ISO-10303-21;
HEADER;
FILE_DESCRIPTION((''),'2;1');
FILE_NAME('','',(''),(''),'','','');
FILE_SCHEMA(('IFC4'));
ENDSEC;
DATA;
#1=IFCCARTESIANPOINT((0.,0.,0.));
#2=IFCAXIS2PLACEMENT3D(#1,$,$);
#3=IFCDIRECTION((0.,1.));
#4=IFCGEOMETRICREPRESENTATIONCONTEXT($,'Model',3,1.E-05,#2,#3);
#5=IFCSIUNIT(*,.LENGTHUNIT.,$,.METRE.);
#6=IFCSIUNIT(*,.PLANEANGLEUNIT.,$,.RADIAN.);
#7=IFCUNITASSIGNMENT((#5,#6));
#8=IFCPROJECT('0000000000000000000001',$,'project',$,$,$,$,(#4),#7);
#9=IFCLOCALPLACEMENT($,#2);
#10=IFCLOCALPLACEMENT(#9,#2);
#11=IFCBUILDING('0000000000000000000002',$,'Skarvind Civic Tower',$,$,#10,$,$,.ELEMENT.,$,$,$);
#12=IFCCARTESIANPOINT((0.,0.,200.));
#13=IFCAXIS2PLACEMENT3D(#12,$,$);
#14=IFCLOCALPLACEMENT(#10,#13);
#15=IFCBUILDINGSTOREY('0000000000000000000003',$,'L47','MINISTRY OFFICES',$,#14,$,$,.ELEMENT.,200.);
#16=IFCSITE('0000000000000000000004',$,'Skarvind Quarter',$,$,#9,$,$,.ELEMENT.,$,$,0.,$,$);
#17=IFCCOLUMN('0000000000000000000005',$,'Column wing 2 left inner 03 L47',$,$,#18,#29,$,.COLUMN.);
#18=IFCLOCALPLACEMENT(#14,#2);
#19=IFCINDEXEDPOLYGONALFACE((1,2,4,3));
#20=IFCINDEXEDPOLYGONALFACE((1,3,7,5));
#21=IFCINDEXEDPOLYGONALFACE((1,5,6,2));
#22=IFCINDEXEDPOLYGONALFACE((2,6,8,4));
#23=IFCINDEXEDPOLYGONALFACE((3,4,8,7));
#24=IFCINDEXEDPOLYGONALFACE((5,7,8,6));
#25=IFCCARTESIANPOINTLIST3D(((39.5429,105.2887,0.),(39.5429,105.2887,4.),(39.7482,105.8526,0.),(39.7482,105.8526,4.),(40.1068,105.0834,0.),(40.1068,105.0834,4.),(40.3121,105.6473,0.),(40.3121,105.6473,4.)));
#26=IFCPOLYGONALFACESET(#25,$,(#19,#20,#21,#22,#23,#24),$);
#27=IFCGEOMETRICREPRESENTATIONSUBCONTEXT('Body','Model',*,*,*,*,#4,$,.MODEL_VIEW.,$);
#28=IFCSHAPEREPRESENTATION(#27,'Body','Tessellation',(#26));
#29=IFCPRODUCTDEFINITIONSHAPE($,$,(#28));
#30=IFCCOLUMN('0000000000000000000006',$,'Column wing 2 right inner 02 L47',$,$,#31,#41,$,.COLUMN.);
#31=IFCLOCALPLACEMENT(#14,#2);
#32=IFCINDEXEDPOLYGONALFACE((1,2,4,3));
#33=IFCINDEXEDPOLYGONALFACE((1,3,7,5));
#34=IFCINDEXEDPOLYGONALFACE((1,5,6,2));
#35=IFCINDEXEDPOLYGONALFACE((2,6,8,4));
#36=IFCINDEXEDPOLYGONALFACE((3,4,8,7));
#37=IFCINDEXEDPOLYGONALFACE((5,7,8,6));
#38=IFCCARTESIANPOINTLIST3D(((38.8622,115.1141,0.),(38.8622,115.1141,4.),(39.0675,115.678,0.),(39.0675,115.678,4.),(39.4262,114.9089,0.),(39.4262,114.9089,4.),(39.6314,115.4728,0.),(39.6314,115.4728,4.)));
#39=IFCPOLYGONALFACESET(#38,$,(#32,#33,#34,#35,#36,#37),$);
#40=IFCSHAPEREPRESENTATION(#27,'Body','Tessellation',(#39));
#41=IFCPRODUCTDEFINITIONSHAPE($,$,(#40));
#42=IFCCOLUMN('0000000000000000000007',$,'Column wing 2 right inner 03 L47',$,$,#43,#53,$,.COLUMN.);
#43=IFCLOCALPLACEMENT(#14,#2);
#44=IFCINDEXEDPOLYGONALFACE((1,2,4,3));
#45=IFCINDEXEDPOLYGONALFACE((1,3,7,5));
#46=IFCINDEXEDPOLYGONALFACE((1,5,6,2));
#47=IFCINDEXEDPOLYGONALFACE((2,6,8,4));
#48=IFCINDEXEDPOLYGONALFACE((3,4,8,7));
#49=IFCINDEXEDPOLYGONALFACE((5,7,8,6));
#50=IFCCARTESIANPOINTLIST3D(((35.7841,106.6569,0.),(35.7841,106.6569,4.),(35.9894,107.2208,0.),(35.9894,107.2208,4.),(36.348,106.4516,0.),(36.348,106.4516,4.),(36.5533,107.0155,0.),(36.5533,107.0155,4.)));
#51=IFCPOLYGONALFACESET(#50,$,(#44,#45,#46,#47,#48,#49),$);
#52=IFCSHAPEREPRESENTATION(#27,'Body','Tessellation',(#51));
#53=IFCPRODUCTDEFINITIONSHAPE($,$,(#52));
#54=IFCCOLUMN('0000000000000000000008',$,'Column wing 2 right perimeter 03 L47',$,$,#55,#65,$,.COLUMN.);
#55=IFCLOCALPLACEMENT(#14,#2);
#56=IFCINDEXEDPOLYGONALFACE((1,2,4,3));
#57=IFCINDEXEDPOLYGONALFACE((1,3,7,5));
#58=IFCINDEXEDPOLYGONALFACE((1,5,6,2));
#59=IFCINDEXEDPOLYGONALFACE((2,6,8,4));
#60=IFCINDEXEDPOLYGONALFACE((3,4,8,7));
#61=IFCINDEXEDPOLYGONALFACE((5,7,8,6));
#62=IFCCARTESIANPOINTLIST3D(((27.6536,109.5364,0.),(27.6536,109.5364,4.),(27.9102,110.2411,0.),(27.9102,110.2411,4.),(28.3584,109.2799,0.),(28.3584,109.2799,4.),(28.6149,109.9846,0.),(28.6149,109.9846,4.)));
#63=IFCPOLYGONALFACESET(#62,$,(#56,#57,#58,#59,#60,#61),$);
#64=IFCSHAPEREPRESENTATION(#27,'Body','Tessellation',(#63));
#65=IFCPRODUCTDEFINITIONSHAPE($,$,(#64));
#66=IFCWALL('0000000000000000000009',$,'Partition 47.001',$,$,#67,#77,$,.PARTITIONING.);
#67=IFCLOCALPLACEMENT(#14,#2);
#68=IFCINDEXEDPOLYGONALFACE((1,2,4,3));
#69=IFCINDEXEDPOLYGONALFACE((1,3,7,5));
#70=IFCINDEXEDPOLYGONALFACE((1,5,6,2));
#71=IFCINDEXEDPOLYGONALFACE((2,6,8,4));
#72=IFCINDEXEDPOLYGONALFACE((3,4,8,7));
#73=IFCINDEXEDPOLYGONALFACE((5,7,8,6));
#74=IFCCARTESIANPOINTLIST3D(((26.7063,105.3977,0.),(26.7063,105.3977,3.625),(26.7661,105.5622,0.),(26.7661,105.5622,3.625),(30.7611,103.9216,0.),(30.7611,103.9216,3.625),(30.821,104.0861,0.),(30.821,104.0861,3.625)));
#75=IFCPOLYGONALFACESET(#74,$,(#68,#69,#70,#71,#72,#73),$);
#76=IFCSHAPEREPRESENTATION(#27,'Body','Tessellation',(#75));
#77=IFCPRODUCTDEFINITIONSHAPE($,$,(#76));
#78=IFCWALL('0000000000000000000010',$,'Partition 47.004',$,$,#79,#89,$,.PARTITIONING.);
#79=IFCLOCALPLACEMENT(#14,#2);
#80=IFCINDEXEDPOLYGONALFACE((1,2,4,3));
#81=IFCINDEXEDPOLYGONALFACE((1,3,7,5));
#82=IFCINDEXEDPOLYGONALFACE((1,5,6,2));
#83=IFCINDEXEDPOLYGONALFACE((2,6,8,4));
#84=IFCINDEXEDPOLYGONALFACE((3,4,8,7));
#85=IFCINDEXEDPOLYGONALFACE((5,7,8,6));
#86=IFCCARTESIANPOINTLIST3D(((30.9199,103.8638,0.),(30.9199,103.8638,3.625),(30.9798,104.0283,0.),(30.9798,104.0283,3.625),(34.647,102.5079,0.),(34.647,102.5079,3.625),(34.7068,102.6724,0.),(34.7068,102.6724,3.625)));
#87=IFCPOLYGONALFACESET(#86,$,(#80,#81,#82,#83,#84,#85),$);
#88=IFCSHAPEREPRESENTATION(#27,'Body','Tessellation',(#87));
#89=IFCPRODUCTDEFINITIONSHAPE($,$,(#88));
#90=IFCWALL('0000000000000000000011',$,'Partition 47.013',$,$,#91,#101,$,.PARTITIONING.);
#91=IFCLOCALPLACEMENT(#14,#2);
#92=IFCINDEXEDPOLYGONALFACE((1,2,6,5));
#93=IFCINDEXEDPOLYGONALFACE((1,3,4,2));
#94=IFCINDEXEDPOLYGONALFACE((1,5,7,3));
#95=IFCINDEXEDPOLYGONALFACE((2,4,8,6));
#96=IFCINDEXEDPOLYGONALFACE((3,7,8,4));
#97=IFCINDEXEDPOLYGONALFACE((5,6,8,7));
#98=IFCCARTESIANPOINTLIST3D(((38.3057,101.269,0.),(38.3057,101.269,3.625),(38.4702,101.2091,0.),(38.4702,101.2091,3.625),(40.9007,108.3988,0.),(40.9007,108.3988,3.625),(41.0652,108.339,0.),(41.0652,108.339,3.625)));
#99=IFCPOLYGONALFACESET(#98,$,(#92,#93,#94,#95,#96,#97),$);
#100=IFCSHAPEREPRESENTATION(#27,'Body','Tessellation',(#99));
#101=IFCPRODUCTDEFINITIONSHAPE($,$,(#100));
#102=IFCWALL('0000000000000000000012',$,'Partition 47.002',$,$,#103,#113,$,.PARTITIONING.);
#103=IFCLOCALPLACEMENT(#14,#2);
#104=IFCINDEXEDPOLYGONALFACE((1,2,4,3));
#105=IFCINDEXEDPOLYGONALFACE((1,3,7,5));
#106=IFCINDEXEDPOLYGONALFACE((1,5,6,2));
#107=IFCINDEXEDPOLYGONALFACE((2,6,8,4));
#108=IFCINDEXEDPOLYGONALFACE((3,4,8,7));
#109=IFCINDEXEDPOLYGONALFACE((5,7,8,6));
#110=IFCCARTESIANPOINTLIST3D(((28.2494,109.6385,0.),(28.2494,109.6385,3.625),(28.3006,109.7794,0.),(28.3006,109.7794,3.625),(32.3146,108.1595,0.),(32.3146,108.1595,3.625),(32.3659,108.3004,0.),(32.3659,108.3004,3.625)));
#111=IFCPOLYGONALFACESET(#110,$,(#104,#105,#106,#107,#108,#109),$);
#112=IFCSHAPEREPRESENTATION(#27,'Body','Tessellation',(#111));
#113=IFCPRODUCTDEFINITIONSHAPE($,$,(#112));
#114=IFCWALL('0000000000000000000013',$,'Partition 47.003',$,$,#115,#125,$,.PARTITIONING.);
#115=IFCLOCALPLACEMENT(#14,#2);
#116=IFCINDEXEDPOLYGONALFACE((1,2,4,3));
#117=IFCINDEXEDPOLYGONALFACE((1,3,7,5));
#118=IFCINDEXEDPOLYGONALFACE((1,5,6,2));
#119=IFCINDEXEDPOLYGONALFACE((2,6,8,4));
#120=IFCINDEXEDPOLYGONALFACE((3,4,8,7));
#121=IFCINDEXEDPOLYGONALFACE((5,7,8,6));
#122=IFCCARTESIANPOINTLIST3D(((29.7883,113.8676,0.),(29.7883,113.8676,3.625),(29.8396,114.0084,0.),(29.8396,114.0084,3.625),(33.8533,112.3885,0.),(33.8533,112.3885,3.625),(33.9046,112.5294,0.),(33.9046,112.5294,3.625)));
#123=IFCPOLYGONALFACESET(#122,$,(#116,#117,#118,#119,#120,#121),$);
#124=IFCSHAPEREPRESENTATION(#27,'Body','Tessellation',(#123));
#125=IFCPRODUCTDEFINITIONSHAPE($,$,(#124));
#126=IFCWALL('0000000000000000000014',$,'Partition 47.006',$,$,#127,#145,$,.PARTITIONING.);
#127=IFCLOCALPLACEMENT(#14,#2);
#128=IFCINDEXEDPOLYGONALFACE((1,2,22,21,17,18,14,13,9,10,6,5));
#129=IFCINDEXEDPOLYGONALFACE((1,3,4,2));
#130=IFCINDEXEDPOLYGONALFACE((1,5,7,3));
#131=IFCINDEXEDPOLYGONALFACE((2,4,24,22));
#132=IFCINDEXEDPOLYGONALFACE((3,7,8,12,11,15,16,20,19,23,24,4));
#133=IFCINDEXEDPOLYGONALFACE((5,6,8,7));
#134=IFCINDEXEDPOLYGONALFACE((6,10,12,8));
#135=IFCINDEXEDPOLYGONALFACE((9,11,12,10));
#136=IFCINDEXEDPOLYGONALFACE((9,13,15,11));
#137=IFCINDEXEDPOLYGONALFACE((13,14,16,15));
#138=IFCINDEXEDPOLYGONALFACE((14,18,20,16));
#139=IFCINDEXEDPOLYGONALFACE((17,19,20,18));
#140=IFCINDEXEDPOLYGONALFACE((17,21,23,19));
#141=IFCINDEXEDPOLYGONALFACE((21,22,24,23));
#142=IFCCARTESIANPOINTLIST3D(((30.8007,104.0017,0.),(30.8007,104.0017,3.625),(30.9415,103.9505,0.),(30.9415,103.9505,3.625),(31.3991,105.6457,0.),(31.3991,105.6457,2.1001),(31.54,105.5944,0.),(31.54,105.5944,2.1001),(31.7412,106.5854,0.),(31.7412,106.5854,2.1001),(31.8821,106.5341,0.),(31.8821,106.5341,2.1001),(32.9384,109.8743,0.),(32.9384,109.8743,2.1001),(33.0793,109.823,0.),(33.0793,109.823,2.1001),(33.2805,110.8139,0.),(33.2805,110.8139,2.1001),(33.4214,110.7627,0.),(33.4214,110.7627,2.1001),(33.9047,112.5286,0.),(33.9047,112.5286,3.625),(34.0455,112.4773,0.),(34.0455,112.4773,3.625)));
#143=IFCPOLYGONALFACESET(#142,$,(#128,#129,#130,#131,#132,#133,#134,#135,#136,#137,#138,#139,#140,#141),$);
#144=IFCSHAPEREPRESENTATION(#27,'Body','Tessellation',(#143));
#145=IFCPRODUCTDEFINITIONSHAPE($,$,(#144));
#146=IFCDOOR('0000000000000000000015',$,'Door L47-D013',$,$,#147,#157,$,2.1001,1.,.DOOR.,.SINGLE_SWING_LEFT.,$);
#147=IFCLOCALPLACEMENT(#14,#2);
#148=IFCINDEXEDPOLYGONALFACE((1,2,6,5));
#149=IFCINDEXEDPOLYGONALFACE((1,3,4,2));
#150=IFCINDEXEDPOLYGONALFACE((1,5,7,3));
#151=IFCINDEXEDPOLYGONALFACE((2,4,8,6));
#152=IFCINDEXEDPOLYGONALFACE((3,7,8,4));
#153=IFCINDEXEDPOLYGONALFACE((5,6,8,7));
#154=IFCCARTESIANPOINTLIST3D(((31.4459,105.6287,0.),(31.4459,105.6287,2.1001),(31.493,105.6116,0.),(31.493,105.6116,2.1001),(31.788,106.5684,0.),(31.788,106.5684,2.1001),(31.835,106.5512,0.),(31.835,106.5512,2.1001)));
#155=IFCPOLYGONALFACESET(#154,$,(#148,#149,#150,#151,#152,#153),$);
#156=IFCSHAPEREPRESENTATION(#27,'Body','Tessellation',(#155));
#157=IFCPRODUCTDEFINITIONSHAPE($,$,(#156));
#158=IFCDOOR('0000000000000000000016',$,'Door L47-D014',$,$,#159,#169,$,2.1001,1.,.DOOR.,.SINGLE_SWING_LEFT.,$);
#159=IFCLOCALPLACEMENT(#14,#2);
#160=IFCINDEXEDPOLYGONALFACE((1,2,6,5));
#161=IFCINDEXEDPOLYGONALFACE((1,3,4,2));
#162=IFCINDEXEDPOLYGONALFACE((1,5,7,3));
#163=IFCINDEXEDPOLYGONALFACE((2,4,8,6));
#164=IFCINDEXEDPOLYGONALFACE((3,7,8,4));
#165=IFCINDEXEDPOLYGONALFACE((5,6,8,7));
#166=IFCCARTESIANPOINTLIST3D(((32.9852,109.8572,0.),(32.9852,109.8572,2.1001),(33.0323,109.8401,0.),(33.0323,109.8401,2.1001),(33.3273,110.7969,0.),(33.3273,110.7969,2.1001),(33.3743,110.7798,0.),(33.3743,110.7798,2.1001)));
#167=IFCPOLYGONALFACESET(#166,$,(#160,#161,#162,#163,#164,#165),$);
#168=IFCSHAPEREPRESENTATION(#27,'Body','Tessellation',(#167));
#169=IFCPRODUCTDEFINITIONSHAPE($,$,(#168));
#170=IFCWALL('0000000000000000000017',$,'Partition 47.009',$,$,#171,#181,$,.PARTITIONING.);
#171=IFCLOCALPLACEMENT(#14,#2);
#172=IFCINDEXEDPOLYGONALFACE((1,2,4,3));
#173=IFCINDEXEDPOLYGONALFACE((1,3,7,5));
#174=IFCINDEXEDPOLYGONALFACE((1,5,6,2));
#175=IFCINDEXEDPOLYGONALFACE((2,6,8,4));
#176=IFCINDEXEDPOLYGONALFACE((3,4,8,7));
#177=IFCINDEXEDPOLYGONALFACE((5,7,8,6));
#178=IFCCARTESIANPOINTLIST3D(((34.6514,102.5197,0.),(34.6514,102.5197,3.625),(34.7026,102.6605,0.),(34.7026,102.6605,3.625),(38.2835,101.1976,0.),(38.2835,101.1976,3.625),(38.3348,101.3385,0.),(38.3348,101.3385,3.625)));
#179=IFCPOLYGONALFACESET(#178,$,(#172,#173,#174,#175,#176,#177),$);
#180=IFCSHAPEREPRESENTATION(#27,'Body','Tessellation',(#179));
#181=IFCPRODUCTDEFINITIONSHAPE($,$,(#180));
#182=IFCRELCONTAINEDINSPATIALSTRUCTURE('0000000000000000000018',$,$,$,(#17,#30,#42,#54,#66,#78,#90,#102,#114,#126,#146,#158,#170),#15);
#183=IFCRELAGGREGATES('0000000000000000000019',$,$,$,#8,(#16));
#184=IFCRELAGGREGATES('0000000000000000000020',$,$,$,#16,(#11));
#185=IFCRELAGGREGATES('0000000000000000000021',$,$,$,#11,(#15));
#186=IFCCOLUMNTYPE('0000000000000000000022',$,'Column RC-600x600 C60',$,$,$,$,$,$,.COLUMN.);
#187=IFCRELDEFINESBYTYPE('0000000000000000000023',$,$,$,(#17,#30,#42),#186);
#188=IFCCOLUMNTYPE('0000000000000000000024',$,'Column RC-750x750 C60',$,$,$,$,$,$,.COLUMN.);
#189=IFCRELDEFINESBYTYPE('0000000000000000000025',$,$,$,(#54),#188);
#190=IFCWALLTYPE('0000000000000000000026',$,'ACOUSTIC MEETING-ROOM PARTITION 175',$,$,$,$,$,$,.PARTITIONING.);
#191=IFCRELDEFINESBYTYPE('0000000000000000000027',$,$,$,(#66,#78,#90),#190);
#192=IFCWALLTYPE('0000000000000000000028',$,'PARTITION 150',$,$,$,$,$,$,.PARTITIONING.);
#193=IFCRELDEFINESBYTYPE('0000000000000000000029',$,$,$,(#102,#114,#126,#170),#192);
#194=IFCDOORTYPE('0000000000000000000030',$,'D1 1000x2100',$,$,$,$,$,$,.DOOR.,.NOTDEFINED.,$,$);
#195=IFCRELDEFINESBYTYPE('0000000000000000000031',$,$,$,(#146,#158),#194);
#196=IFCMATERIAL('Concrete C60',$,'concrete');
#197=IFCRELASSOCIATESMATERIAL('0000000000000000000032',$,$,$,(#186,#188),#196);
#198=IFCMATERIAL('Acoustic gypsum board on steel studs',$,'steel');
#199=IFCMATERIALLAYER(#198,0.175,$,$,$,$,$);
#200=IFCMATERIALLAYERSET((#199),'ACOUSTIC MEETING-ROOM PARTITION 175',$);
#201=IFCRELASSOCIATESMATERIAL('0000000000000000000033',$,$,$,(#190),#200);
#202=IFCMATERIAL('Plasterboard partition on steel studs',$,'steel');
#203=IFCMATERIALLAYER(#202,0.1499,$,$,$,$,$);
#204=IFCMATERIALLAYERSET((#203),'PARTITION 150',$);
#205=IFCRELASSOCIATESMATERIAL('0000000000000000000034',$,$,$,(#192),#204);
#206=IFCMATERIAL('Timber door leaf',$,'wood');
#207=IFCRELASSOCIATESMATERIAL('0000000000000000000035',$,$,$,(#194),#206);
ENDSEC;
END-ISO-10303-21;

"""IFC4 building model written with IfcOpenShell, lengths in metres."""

from ifc_helpers import new_model, si_unit, direction, frame, frame_2d, origin, origin_2d, place, context, subcontext, project, spatial, rectangle, extrude, material, layer, layer_set, material_profile, profile_set, type_object, element, fill, save


model = new_model("IFC4")

# Units and contexts
model_context = context("Model", 3, precision=1e-05, world=origin(), true_north=direction((0.0, 1.0)))
body_context = subcontext(model_context, "Body", "Model", "MODEL_VIEW")
ifc_project = project(units=[si_unit("LENGTHUNIT", "METRE"), si_unit("PLANEANGLEUNIT", "RADIAN")], contexts=[model_context])

# Site, building, storey
site_placement = place(None, origin())
site = spatial("IfcSite", under=ifc_project, at=site_placement, Name="Skarvind Quarter", CompositionType="ELEMENT", RefElevation=0.0)
building_placement = place(site_placement, origin())
building = spatial("IfcBuilding", under=site, at=building_placement, Name="Skarvind Civic Tower", CompositionType="ELEMENT")
storey_placement = place(building_placement, frame((0.0, 0.0, 200.0)))
storey = spatial("IfcBuildingStorey", under=building, at=storey_placement, Name="L47", Description="MINISTRY OFFICES", CompositionType="ELEMENT", Elevation=200.0)

# Columns
ifc_material_1 = material(Name="Concrete C60", Category="concrete")
ifc_material_profile_1 = material_profile(ifc_material_1, rectangle(XDim=0.6001, YDim=0.6001, at=origin_2d()), Name="RC-600x600")
ifc_profile_set_1 = profile_set([ifc_material_profile_1], Name="Concrete C60")
column_type_1 = type_object("IfcColumnType", Name="Column RC-600x600 C60", PredefinedType="COLUMN", material=ifc_profile_set_1)
for number, where, z_axis, x_axis, name in (
    (1, (39.9275, 105.468, 0.0), (0.0, 0.0, 1.0), (-0.34202, -0.939693, 0.0), "Column wing 2 left inner 03 L47"),
    (2, (39.2468, 115.2935, 0.0), (0.0, 0.0, 1.0), (-0.34202, -0.939693, 0.0), "Column wing 2 right inner 02 L47"),
    (3, (36.1687, 106.8362, 0.0), (0.0, 0.0, 1.0), (-0.34202, -0.939693, 0.0), "Column wing 2 right inner 03 L47"),
):
    element("IfcColumn", number, at=place(storey_placement, frame(where, z_axis=z_axis, x_axis=x_axis)), inside=storey, type_object=column_type_1, Name=name, PredefinedType="COLUMN", context=body_context, shape_type="SweptSolid", body=[
        extrude(rectangle(XDim=0.6001, YDim=0.6001, at=origin_2d()), origin(), (0.0, 0.0, 1.0), 4.0),
    ])
ifc_material_profile_2 = material_profile(ifc_material_1, rectangle(XDim=0.75, YDim=0.75, at=origin_2d()), Name="RC-750x750")
ifc_profile_set_2 = profile_set([ifc_material_profile_2], Name="Concrete C60")
column_type_2 = type_object("IfcColumnType", Name="Column RC-750x750 C60", PredefinedType="COLUMN", material=ifc_profile_set_2)
column_placement = place(storey_placement, frame((28.1343, 109.7605, 0.0), z_axis=(0.0, 0.0, 1.0), x_axis=(-0.34202, -0.939693, 0.0)))
element("IfcColumn", 4, at=column_placement, inside=storey, type_object=column_type_2, Name="Column wing 2 right perimeter 03 L47", PredefinedType="COLUMN", context=body_context, shape_type="SweptSolid", body=[
    extrude(rectangle(XDim=0.75, YDim=0.75, at=origin_2d()), origin(), (0.0, 0.0, 1.0), 4.0),
])

# Walls
ifc_material_2 = material(Name="Acoustic gypsum board on steel studs", Category="steel")
ifc_layer_1 = layer(ifc_material_2, 0.175)
ifc_layer_set_1 = layer_set([ifc_layer_1], Name="ACOUSTIC MEETING-ROOM PARTITION 175")
wall_type_1 = type_object("IfcWallType", Name="ACOUSTIC MEETING-ROOM PARTITION 175", PredefinedType="PARTITIONING", material=ifc_layer_set_1)
wall_1_placement = place(storey_placement, frame((26.7361, 105.48, 0.0), z_axis=(0.0, 0.0, 1.0), x_axis=(0.939678, -0.342061, 0.0)))
element("IfcWall", 5, at=wall_1_placement, inside=storey, type_object=wall_type_1, Name="Partition 47.001", PredefinedType="PARTITIONING", context=body_context, shape_type="SweptSolid", body=[
    extrude(rectangle(XDim=4.3152, YDim=0.175, at=frame_2d((2.1577, 0.0))), origin(), (0.0, 0.0, 1.0), 3.625),
])
wall_2_placement = place(storey_placement, frame((30.95, 103.946, 0.0), z_axis=(0.0, 0.0, 1.0), x_axis=(0.939739, -0.341891, 0.0)))
element("IfcWall", 6, at=wall_2_placement, inside=storey, type_object=wall_type_1, Name="Partition 47.004", PredefinedType="PARTITIONING", context=body_context, shape_type="SweptSolid", body=[
    extrude(rectangle(XDim=3.9661, YDim=0.175, at=frame_2d((1.9829, 0.0))), origin(), (0.0, 0.0, 1.0), 3.625),
])
wall_3_placement = place(storey_placement, frame((40.9829, 108.3689, 0.0), z_axis=(0.0, 0.0, 1.0), x_axis=(-0.342009, -0.939697, 0.0)))
element("IfcWall", 7, at=wall_3_placement, inside=storey, type_object=wall_type_1, Name="Partition 47.013", PredefinedType="PARTITIONING", context=body_context, shape_type="SweptSolid", body=[
    extrude(rectangle(XDim=7.5874, YDim=0.175, at=frame_2d((3.7937, 0.0))), origin(), (0.0, 0.0, 1.0), 3.625),
])
ifc_material_3 = material(Name="Plasterboard partition on steel studs", Category="steel")
ifc_layer_2 = layer(ifc_material_3, 0.1499)
ifc_layer_set_2 = layer_set([ifc_layer_2], Name="PARTITION 150")
wall_type_2 = type_object("IfcWallType", Name="PARTITION 150", PredefinedType="PARTITIONING", material=ifc_layer_set_2)
wall_4_placement = place(storey_placement, frame((28.2749, 109.709, 0.0), z_axis=(0.0, 0.0, 1.0), x_axis=(0.939737, -0.341897, 0.0)))
element("IfcWall", 8, at=wall_4_placement, inside=storey, type_object=wall_type_2, Name="Partition 47.002", PredefinedType="PARTITIONING", context=body_context, shape_type="SweptSolid", body=[
    extrude(rectangle(XDim=4.3259, YDim=0.1499, at=frame_2d((2.1631, 0.0))), origin(), (0.0, 0.0, 1.0), 3.625),
])
wall_5_placement = place(storey_placement, frame((29.814, 113.938, 0.0), z_axis=(0.0, 0.0, 1.0), x_axis=(0.939731, -0.341915, 0.0)))
element("IfcWall", 9, at=wall_5_placement, inside=storey, type_object=wall_type_2, Name="Partition 47.003", PredefinedType="PARTITIONING", context=body_context, shape_type="SweptSolid", body=[
    extrude(rectangle(XDim=4.3257, YDim=0.1499, at=frame_2d((2.1628, 0.0))), origin(), (0.0, 0.0, 1.0), 3.625),
])

# Wall, openings, doors
wall_6_placement = place(storey_placement, frame((33.9751, 112.5029, 0.0), z_axis=(0.0, 0.0, 1.0), x_axis=(-0.342067, -0.939676, 0.0)))
wall_6 = element("IfcWall", 10, at=wall_6_placement, inside=storey, type_object=wall_type_2, Name="Partition 47.006", PredefinedType="PARTITIONING", context=body_context, shape_type="SweptSolid", body=[
    extrude(rectangle(XDim=9.0742, YDim=0.1499, at=frame_2d((4.5371, 0.0))), origin(), (0.0, 0.0, 1.0), 3.625),
])
opening_1_placement = place(wall_6_placement, frame((6.3247, 0.0, 0.0)))
opening_1 = element("IfcOpeningElement", 11, at=opening_1_placement, cuts=wall_6, PredefinedType="OPENING", context=body_context, shape_type="SweptSolid", body=[
    extrude(rectangle(XDim=1.0, YDim=2.1001, at=frame_2d((0.5, 1.05))), frame((0.0, 0.085, 0.0), z_axis=(0.0, -1.0, 0.0), x_axis=(1.0, 0.0, 0.0)), (0.0, 0.0, 1.0), 0.1699),
])
opening_2_placement = place(wall_6_placement, frame((1.8247, 0.0, 0.0)))
opening_2 = element("IfcOpeningElement", 12, at=opening_2_placement, cuts=wall_6, PredefinedType="OPENING", context=body_context, shape_type="SweptSolid", body=[
    extrude(rectangle(XDim=1.0, YDim=2.1001, at=frame_2d((0.5, 1.05))), frame((0.0, 0.085, 0.0), z_axis=(0.0, -1.0, 0.0), x_axis=(1.0, 0.0, 0.0)), (0.0, 0.0, 1.0), 0.1699),
])
ifc_material_4 = material(Name="Timber door leaf", Category="wood")
door_type = type_object("IfcDoorType", Name="D1 1000x2100", OperationType="NOTDEFINED", PredefinedType="DOOR", material=ifc_material_4)
door_1_placement = place(opening_1_placement, origin())
door_1 = element("IfcDoor", 13, at=door_1_placement, inside=storey, type_object=door_type, Name="Door L47-D013", OperationType="SINGLE_SWING_LEFT", OverallHeight=2.1001, OverallWidth=1.0, PredefinedType="DOOR", context=body_context, shape_type="SweptSolid", body=[
    extrude(rectangle(XDim=1.0, YDim=2.1001, at=frame_2d((0.5, 1.05))), frame((0.0, 0.0249, 0.0), z_axis=(0.0, -1.0, 0.0), x_axis=(1.0, 0.0, 0.0)), (0.0, 0.0, 1.0), 0.05),
])
fill(opening_1, door_1)
door_2_placement = place(opening_2_placement, origin())
door_2 = element("IfcDoor", 14, at=door_2_placement, inside=storey, type_object=door_type, Name="Door L47-D014", OperationType="SINGLE_SWING_LEFT", OverallHeight=2.1001, OverallWidth=1.0, PredefinedType="DOOR", context=body_context, shape_type="SweptSolid", body=[
    extrude(rectangle(XDim=1.0, YDim=2.1001, at=frame_2d((0.5, 1.05))), frame((0.0, 0.0249, 0.0), z_axis=(0.0, -1.0, 0.0), x_axis=(1.0, 0.0, 0.0)), (0.0, 0.0, 1.0), 0.05),
])
fill(opening_2, door_2)

# Wall
wall_7_placement = place(storey_placement, frame((34.677, 102.5901, 0.0), z_axis=(0.0, 0.0, 1.0), x_axis=(0.939688, -0.342032, 0.0)))
element("IfcWall", 15, at=wall_7_placement, inside=storey, type_object=wall_type_2, Name="Partition 47.009", PredefinedType="PARTITIONING", context=body_context, shape_type="SweptSolid", body=[
    extrude(rectangle(XDim=3.8652, YDim=0.1499, at=frame_2d((1.9326, 0.0))), origin(), (0.0, 0.0, 1.0), 3.625),
])

save(model, "model.ifc")
